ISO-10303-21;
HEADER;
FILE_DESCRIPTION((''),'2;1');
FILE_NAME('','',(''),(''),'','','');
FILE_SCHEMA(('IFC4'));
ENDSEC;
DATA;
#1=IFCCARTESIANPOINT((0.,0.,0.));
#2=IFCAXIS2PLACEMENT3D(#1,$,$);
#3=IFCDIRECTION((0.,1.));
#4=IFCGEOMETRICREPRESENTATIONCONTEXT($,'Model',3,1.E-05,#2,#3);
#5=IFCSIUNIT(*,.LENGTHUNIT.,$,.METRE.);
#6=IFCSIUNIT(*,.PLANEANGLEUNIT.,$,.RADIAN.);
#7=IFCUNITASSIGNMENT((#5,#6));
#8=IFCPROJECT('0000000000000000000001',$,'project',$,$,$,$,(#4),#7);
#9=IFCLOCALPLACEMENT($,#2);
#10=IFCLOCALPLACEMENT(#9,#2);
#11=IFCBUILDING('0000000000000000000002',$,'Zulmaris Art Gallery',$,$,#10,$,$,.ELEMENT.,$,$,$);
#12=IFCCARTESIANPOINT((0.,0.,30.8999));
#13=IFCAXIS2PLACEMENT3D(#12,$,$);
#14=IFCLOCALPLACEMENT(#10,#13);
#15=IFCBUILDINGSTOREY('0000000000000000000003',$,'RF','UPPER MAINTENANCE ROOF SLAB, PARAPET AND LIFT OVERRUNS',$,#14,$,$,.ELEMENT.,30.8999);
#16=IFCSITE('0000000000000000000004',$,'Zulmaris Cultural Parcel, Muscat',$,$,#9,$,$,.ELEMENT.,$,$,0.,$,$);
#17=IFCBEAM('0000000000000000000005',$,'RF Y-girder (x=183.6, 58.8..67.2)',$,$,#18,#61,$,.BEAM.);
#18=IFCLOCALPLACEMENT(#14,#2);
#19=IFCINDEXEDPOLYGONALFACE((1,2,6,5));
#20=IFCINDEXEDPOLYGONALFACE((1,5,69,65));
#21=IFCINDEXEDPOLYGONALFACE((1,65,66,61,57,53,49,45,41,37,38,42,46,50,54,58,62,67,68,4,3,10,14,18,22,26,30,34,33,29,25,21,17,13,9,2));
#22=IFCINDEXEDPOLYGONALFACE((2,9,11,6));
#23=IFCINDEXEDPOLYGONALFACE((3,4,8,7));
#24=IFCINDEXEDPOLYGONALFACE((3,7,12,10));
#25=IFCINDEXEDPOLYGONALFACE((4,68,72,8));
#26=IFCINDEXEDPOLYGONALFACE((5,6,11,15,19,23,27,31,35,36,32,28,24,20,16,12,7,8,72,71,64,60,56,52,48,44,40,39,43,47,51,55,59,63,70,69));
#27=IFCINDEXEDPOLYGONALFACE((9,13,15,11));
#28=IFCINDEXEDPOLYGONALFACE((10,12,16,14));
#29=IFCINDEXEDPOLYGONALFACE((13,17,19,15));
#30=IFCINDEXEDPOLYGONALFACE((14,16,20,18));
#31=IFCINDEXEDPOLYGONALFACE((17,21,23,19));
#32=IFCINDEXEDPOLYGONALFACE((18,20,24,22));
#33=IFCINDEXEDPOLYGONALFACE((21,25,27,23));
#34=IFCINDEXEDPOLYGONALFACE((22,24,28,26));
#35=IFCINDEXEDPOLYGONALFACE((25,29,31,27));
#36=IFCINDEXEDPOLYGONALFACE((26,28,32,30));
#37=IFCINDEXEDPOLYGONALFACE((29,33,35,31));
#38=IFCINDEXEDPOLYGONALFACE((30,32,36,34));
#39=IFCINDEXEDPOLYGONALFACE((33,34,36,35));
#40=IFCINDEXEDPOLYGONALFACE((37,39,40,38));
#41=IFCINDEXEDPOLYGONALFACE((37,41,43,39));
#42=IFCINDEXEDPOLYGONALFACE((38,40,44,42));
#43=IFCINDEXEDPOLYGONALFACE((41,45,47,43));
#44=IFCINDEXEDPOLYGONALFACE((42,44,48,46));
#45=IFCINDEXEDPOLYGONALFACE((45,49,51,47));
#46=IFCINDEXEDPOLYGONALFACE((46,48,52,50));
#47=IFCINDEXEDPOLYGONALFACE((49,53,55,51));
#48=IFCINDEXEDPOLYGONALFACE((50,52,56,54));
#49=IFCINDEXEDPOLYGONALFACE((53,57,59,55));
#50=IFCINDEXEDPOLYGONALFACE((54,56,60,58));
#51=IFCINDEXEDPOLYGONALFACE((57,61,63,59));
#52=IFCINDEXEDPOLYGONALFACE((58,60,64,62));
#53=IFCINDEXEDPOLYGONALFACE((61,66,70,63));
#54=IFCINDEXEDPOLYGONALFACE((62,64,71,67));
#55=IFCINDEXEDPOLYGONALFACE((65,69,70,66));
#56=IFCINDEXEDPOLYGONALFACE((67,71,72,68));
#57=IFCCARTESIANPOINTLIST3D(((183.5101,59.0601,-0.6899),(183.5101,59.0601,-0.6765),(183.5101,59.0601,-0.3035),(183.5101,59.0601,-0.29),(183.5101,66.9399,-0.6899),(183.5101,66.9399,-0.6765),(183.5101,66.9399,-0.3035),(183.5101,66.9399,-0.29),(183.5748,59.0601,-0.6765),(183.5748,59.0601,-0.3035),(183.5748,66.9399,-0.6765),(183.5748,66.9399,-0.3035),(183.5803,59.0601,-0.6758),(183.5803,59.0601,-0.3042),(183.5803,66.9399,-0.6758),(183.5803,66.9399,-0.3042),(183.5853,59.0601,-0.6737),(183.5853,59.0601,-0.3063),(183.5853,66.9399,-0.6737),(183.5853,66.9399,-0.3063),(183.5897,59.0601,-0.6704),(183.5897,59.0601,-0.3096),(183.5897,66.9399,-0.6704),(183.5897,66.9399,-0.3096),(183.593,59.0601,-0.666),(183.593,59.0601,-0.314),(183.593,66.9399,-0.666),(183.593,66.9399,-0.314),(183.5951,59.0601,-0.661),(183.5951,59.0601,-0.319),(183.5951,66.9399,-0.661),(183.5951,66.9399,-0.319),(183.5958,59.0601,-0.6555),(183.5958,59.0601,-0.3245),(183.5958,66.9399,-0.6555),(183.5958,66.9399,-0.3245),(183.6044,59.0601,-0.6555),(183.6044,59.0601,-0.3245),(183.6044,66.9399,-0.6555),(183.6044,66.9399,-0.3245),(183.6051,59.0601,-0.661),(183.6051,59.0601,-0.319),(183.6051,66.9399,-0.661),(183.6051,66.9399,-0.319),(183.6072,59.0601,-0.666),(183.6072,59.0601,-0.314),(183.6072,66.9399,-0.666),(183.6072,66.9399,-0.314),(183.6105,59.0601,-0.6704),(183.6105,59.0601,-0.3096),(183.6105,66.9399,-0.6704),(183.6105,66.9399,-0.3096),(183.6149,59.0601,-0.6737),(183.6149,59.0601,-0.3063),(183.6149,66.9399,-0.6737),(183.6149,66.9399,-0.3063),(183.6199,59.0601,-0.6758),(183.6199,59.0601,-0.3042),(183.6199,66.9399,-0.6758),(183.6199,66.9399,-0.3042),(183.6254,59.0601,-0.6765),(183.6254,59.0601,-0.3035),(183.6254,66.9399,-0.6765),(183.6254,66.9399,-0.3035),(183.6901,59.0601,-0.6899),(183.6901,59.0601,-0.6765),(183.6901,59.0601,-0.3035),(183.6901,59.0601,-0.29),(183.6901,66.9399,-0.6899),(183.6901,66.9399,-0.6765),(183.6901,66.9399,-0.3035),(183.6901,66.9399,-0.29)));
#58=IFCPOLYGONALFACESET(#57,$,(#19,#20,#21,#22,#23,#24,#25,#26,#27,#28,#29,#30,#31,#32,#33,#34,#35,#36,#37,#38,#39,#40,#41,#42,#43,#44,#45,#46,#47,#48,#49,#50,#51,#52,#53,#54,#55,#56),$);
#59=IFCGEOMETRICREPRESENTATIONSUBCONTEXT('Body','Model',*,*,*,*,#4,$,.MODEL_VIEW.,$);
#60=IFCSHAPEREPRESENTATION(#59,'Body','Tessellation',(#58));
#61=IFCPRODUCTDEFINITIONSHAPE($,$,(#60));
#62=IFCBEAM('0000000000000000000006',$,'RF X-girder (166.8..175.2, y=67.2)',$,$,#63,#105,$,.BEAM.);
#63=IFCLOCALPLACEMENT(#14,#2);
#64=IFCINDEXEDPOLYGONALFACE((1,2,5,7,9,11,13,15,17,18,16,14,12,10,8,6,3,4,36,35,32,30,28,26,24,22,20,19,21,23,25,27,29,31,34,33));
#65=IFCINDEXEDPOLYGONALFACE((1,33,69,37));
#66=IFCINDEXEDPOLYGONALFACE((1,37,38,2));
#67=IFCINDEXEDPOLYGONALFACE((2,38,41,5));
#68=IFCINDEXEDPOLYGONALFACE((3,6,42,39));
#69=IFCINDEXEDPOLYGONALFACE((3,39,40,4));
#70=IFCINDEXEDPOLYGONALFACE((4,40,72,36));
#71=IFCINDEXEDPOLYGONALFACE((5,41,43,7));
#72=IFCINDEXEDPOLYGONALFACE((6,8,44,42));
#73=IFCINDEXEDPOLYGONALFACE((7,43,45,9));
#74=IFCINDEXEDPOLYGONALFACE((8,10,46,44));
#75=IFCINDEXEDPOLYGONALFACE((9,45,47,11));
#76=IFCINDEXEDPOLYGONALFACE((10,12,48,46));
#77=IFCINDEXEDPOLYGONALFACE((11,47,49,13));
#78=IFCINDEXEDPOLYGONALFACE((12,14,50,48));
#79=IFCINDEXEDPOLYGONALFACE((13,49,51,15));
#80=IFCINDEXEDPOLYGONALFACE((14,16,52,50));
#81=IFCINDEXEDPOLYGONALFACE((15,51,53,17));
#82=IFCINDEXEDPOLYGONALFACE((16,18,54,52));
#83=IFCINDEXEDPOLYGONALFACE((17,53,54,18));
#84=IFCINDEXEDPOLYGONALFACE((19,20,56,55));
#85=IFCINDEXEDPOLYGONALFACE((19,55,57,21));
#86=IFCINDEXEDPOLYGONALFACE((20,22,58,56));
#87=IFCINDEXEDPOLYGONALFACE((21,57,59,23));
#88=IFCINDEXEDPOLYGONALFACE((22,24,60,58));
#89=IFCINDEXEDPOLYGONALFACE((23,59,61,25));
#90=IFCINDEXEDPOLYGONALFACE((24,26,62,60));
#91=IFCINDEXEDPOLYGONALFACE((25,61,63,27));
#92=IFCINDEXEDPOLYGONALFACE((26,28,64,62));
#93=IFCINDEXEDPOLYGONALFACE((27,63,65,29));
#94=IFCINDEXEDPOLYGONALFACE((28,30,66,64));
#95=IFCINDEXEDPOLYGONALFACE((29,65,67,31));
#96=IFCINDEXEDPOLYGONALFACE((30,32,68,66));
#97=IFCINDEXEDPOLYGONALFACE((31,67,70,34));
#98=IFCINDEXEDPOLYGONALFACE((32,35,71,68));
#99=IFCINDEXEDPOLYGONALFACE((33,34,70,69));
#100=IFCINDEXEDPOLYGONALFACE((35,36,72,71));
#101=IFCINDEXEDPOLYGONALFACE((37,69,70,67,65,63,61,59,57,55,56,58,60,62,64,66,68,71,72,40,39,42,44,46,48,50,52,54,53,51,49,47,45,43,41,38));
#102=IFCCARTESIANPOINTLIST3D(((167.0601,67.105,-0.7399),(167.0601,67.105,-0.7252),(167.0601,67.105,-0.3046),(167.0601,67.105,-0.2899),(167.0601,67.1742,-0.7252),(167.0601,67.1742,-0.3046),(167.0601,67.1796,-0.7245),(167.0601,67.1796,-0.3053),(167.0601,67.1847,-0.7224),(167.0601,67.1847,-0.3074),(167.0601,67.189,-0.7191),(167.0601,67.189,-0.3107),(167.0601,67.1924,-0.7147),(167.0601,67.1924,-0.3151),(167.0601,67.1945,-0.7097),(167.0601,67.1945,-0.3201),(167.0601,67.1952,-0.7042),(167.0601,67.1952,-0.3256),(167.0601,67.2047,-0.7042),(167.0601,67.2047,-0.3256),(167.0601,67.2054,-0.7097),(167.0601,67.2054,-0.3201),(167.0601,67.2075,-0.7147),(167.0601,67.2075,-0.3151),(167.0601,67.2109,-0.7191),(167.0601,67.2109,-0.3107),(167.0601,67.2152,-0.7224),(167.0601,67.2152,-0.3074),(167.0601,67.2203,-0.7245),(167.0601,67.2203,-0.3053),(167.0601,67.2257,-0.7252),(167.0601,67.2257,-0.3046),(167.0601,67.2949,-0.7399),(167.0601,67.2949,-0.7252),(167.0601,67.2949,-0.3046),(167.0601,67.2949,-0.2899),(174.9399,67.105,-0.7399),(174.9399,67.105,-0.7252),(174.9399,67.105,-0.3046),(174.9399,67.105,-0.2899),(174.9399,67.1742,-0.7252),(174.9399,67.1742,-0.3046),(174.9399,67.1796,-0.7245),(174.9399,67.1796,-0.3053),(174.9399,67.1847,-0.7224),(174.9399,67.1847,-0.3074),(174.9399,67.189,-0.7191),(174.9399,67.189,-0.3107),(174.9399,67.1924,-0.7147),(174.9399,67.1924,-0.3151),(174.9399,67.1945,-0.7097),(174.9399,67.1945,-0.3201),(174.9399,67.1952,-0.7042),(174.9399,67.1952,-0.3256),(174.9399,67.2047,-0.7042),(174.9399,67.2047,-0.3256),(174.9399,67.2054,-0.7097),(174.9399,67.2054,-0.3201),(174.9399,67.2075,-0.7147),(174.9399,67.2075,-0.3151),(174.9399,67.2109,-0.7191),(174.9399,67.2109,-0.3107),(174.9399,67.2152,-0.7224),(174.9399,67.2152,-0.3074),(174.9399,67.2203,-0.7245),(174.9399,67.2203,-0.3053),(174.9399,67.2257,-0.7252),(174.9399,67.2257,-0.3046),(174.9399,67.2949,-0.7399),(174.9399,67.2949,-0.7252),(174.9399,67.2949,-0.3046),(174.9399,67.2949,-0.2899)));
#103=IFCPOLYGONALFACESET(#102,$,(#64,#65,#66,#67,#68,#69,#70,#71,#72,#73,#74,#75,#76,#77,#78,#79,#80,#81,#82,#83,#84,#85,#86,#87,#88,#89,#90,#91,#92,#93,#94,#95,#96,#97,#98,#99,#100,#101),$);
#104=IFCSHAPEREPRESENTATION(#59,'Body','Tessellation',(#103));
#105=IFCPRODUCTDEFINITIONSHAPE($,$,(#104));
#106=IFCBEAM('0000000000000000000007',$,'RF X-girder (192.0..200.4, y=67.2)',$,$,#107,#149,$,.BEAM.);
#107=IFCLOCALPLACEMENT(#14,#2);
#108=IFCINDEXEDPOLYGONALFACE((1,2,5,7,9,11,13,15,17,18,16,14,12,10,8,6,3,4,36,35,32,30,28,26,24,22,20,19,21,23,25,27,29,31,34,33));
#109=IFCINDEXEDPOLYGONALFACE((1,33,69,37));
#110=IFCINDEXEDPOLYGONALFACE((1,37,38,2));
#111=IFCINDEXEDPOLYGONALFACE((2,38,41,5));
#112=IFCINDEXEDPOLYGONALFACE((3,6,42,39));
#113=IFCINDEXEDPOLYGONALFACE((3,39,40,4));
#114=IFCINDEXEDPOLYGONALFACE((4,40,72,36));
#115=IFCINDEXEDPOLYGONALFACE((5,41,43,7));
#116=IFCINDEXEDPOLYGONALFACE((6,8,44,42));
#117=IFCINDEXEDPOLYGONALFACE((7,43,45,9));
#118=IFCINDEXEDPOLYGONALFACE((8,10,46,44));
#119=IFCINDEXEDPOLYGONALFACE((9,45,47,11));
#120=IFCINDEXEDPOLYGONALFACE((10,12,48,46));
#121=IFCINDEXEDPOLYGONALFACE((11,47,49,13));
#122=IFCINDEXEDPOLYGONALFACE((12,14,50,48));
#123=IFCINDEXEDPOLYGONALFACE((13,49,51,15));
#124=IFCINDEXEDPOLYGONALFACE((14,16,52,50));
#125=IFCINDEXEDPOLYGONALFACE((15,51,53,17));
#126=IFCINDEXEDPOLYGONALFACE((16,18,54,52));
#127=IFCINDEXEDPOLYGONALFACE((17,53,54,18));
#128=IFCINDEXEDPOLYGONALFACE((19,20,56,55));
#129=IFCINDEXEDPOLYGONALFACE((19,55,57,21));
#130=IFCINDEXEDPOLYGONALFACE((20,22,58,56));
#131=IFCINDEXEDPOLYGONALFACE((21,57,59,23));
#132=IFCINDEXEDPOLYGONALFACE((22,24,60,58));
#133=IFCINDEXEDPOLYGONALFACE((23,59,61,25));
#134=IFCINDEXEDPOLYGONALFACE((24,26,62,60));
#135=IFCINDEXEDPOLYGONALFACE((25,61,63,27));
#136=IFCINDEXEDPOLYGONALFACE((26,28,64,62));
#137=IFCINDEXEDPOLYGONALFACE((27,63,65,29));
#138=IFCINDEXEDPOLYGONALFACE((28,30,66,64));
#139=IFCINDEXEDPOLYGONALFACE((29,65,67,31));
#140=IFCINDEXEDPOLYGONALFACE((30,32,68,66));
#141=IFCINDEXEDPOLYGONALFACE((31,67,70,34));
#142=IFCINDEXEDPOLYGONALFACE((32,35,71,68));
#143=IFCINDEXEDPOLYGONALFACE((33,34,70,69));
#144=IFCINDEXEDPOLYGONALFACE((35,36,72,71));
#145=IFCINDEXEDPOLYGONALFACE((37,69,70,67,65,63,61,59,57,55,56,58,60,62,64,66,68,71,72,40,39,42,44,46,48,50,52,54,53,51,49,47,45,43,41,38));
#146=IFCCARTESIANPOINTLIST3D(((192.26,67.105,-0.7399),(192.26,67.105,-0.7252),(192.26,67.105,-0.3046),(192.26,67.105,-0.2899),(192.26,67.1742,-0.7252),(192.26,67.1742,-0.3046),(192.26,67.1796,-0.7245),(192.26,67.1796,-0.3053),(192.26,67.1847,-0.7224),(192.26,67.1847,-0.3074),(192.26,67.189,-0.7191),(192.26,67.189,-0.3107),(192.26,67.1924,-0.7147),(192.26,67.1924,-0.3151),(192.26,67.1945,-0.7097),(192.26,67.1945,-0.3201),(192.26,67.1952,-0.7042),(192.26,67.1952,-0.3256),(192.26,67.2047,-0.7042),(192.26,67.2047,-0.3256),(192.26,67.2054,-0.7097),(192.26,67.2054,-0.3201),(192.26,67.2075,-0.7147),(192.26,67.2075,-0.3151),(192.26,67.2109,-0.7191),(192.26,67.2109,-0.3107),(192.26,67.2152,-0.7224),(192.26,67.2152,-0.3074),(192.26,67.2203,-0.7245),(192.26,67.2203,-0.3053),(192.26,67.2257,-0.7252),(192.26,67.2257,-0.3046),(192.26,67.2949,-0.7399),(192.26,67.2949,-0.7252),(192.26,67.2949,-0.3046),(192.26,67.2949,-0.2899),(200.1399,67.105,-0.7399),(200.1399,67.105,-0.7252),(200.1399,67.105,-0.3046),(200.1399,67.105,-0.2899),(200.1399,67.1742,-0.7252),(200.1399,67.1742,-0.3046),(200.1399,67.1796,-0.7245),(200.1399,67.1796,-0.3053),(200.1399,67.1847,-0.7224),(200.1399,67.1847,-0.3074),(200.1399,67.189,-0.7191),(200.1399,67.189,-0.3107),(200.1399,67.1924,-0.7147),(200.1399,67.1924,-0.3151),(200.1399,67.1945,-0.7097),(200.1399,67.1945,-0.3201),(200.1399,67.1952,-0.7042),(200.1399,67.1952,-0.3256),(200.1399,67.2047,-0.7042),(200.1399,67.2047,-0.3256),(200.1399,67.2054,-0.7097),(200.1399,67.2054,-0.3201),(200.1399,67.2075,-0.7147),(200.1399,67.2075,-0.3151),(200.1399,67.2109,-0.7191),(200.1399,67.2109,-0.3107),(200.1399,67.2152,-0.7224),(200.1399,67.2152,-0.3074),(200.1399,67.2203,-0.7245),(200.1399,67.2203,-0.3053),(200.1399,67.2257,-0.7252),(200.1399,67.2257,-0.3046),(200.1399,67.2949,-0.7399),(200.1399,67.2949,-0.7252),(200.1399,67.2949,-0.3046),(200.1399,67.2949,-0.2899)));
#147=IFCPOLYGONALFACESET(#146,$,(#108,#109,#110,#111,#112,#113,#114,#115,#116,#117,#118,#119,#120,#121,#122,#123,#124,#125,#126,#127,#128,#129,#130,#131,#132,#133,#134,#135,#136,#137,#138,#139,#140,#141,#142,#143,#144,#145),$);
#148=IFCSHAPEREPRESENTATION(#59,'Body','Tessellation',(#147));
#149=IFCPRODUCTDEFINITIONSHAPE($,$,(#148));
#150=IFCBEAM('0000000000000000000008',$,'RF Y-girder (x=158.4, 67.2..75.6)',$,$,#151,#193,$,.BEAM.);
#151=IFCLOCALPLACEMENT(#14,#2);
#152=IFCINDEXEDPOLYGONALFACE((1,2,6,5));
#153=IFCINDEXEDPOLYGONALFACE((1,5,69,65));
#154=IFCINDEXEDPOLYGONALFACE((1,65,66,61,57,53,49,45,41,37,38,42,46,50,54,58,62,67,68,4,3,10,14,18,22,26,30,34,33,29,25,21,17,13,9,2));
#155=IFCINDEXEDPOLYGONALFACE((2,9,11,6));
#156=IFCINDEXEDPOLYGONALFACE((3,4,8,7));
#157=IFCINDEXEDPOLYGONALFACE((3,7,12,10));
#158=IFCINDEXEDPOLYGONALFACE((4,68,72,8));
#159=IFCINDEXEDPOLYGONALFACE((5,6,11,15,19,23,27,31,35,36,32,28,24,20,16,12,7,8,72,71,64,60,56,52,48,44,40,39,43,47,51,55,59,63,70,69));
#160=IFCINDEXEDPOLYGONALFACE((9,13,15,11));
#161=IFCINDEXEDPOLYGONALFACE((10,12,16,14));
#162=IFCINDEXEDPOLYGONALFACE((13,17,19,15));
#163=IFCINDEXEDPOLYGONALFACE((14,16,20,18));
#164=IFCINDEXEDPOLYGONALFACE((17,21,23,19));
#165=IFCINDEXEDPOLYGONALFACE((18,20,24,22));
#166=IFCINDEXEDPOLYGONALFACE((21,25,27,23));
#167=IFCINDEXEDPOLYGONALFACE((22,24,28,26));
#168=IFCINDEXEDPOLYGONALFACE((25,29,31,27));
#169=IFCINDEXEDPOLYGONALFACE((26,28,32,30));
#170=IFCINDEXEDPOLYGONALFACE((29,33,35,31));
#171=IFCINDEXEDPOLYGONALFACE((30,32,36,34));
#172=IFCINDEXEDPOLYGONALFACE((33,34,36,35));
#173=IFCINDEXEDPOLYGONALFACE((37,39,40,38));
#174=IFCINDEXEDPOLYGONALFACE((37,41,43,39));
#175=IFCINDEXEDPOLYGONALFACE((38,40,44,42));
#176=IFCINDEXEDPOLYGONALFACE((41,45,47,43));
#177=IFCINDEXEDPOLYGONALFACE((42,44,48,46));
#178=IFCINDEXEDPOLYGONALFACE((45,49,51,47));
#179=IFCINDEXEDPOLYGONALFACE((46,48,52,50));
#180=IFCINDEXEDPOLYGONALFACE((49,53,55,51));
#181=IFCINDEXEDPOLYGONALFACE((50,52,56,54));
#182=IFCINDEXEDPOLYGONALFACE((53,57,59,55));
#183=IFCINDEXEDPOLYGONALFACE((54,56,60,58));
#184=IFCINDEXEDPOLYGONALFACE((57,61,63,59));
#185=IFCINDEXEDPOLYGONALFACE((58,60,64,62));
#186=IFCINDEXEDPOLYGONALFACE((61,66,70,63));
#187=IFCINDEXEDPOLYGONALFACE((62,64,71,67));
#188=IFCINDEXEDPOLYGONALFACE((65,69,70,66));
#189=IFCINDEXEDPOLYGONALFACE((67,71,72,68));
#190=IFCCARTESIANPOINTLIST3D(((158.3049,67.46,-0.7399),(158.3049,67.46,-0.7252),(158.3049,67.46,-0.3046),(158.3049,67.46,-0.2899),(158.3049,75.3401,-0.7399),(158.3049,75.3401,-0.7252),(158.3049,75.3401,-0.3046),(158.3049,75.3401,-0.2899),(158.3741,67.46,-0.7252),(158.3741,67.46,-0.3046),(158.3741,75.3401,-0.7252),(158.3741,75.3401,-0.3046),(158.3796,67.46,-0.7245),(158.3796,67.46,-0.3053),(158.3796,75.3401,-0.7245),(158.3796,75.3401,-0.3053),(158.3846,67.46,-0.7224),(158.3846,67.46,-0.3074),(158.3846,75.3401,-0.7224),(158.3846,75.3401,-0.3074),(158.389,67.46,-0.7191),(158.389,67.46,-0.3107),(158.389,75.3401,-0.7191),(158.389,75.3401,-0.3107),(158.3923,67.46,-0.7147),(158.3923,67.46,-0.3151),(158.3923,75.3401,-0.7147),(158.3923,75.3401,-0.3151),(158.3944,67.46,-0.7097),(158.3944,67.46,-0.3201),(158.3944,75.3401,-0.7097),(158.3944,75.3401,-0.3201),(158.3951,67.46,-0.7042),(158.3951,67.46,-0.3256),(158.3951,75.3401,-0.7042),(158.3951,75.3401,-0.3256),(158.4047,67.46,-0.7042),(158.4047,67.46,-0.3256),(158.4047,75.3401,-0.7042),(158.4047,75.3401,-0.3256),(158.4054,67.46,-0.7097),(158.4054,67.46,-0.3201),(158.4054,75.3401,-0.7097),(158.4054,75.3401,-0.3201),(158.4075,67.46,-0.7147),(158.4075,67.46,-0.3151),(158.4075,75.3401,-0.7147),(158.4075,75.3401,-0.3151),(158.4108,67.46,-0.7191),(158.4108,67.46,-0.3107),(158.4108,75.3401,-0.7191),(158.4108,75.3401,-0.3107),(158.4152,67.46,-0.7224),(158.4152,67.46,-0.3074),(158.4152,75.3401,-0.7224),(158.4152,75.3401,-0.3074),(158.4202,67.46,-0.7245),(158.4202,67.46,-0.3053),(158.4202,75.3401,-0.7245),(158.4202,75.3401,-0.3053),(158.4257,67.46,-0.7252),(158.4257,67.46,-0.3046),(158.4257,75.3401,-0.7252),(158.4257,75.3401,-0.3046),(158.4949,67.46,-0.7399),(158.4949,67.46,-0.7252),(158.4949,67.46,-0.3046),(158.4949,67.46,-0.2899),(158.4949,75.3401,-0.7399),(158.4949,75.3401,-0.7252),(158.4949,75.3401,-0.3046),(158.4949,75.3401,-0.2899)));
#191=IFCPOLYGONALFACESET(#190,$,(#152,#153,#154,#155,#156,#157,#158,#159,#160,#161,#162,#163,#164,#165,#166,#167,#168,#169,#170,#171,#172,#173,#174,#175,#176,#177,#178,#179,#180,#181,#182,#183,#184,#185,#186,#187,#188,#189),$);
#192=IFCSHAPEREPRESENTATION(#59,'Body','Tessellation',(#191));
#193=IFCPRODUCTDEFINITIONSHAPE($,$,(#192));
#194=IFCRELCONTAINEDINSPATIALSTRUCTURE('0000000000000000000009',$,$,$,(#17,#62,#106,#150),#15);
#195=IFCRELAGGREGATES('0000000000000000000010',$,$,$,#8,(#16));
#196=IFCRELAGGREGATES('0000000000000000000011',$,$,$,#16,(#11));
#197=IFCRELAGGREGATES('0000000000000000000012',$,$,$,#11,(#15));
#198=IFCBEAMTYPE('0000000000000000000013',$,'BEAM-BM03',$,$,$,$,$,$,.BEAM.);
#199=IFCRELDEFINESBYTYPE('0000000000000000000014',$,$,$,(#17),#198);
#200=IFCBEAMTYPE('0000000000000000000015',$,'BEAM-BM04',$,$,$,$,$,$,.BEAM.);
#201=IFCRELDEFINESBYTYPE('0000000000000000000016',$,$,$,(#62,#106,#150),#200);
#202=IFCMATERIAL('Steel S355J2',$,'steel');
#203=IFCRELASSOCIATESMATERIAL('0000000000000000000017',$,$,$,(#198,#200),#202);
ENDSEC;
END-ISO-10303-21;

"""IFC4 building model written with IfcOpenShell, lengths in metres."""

from ifc_helpers import new_model, si_unit, direction, frame, origin, origin_2d, place, context, subcontext, project, spatial, i_section, extrude, material, material_profile, profile_set, type_object, element, save


model = new_model("IFC4")

# Units and contexts
model_context = context("Model", 3, precision=1e-05, world=origin(), true_north=direction((0.0, 1.0)))
body_context = subcontext(model_context, "Body", "Model", "MODEL_VIEW")
ifc_project = project(units=[si_unit("LENGTHUNIT", "METRE"), si_unit("PLANEANGLEUNIT", "RADIAN")], contexts=[model_context])

# Site, building, storey
site_placement = place(None, origin())
site = spatial("IfcSite", under=ifc_project, at=site_placement, Name="Zulmaris Cultural Parcel, Muscat", CompositionType="ELEMENT", RefElevation=0.0)
building_placement = place(site_placement, origin())
building = spatial("IfcBuilding", under=site, at=building_placement, Name="Zulmaris Art Gallery", CompositionType="ELEMENT")
storey_placement = place(building_placement, frame((0.0, 0.0, 30.8999)))
storey = spatial("IfcBuildingStorey", under=building, at=storey_placement, Name="RF", Description="UPPER MAINTENANCE ROOF SLAB, PARAPET AND LIFT OVERRUNS", CompositionType="ELEMENT", Elevation=30.8999)

# Beams
ifc_material_1 = material(Name="Steel S355J2", Category="steel")
ifc_material_profile_1 = material_profile(ifc_material_1, i_section(OverallWidth=0.1799, OverallDepth=0.3999, WebThickness=0.0085, FlangeThickness=0.0134, FilletRadius=0.021, at=origin_2d()), Name="IPE 400")
ifc_profile_set_1 = profile_set([ifc_material_profile_1], Name="Steel S355J2")
beam_type_1 = type_object("IfcBeamType", Name="BEAM-BM03", PredefinedType="BEAM", material=ifc_profile_set_1)
for number, where, z_axis, x_axis, name in (
    (1, (183.6001, 59.0601, -0.49), (0.0, 1.0, 0.0), (-1.0, 0.0, 0.0), "RF Y-girder (x=183.6, 58.8..67.2)"),
):
    element("IfcBeam", number, at=place(storey_placement, frame(where, z_axis=z_axis, x_axis=x_axis)), inside=storey, type_object=beam_type_1, Name=name, PredefinedType="BEAM", context=body_context, shape_type="SweptSolid", body=[
        extrude(i_section(OverallWidth=0.1799, OverallDepth=0.3999, WebThickness=0.0085, FlangeThickness=0.0134, FilletRadius=0.021, at=origin_2d()), origin(), (0.0, 0.0, 1.0), 7.8799),
    ])
ifc_material_profile_2 = material_profile(ifc_material_1, i_section(OverallWidth=0.1899, OverallDepth=0.45, WebThickness=0.0095, FlangeThickness=0.0146, FilletRadius=0.021, at=origin_2d()), Name="IPE 450")
ifc_profile_set_2 = profile_set([ifc_material_profile_2], Name="Steel S355J2")
beam_type_2 = type_object("IfcBeamType", Name="BEAM-BM04", PredefinedType="BEAM", material=ifc_profile_set_2)
for number, where, z_axis, x_axis, name in (
    (2, (167.0601, 67.2, -0.5149), (1.0, 0.0, 0.0), (0.0, 1.0, 0.0), "RF X-girder (166.8..175.2, y=67.2)"),
    (3, (192.26, 67.2, -0.5149), (1.0, 0.0, 0.0), (0.0, 1.0, 0.0), "RF X-girder (192.0..200.4, y=67.2)"),
):
    element("IfcBeam", number, at=place(storey_placement, frame(where, z_axis=z_axis, x_axis=x_axis)), inside=storey, type_object=beam_type_2, Name=name, PredefinedType="BEAM", context=body_context, shape_type="SweptSolid", body=[
        extrude(i_section(OverallWidth=0.1899, OverallDepth=0.45, WebThickness=0.0095, FlangeThickness=0.0146, FilletRadius=0.021, at=origin_2d()), origin(), (0.0, 0.0, 1.0), 7.8799),
    ])
for number, where, z_axis, x_axis, name in (
    (4, (158.3999, 67.46, -0.5149), (0.0, 1.0, 0.0), (-1.0, 0.0, 0.0), "RF Y-girder (x=158.4, 67.2..75.6)"),
):
    element("IfcBeam", number, at=place(storey_placement, frame(where, z_axis=z_axis, x_axis=x_axis)), inside=storey, type_object=beam_type_2, Name=name, PredefinedType="BEAM", context=body_context, shape_type="SweptSolid", body=[
        extrude(i_section(OverallWidth=0.1899, OverallDepth=0.45, WebThickness=0.0095, FlangeThickness=0.0146, FilletRadius=0.021, at=origin_2d()), origin(), (0.0, 0.0, 1.0), 7.8801),
    ])

save(model, "model.ifc")
